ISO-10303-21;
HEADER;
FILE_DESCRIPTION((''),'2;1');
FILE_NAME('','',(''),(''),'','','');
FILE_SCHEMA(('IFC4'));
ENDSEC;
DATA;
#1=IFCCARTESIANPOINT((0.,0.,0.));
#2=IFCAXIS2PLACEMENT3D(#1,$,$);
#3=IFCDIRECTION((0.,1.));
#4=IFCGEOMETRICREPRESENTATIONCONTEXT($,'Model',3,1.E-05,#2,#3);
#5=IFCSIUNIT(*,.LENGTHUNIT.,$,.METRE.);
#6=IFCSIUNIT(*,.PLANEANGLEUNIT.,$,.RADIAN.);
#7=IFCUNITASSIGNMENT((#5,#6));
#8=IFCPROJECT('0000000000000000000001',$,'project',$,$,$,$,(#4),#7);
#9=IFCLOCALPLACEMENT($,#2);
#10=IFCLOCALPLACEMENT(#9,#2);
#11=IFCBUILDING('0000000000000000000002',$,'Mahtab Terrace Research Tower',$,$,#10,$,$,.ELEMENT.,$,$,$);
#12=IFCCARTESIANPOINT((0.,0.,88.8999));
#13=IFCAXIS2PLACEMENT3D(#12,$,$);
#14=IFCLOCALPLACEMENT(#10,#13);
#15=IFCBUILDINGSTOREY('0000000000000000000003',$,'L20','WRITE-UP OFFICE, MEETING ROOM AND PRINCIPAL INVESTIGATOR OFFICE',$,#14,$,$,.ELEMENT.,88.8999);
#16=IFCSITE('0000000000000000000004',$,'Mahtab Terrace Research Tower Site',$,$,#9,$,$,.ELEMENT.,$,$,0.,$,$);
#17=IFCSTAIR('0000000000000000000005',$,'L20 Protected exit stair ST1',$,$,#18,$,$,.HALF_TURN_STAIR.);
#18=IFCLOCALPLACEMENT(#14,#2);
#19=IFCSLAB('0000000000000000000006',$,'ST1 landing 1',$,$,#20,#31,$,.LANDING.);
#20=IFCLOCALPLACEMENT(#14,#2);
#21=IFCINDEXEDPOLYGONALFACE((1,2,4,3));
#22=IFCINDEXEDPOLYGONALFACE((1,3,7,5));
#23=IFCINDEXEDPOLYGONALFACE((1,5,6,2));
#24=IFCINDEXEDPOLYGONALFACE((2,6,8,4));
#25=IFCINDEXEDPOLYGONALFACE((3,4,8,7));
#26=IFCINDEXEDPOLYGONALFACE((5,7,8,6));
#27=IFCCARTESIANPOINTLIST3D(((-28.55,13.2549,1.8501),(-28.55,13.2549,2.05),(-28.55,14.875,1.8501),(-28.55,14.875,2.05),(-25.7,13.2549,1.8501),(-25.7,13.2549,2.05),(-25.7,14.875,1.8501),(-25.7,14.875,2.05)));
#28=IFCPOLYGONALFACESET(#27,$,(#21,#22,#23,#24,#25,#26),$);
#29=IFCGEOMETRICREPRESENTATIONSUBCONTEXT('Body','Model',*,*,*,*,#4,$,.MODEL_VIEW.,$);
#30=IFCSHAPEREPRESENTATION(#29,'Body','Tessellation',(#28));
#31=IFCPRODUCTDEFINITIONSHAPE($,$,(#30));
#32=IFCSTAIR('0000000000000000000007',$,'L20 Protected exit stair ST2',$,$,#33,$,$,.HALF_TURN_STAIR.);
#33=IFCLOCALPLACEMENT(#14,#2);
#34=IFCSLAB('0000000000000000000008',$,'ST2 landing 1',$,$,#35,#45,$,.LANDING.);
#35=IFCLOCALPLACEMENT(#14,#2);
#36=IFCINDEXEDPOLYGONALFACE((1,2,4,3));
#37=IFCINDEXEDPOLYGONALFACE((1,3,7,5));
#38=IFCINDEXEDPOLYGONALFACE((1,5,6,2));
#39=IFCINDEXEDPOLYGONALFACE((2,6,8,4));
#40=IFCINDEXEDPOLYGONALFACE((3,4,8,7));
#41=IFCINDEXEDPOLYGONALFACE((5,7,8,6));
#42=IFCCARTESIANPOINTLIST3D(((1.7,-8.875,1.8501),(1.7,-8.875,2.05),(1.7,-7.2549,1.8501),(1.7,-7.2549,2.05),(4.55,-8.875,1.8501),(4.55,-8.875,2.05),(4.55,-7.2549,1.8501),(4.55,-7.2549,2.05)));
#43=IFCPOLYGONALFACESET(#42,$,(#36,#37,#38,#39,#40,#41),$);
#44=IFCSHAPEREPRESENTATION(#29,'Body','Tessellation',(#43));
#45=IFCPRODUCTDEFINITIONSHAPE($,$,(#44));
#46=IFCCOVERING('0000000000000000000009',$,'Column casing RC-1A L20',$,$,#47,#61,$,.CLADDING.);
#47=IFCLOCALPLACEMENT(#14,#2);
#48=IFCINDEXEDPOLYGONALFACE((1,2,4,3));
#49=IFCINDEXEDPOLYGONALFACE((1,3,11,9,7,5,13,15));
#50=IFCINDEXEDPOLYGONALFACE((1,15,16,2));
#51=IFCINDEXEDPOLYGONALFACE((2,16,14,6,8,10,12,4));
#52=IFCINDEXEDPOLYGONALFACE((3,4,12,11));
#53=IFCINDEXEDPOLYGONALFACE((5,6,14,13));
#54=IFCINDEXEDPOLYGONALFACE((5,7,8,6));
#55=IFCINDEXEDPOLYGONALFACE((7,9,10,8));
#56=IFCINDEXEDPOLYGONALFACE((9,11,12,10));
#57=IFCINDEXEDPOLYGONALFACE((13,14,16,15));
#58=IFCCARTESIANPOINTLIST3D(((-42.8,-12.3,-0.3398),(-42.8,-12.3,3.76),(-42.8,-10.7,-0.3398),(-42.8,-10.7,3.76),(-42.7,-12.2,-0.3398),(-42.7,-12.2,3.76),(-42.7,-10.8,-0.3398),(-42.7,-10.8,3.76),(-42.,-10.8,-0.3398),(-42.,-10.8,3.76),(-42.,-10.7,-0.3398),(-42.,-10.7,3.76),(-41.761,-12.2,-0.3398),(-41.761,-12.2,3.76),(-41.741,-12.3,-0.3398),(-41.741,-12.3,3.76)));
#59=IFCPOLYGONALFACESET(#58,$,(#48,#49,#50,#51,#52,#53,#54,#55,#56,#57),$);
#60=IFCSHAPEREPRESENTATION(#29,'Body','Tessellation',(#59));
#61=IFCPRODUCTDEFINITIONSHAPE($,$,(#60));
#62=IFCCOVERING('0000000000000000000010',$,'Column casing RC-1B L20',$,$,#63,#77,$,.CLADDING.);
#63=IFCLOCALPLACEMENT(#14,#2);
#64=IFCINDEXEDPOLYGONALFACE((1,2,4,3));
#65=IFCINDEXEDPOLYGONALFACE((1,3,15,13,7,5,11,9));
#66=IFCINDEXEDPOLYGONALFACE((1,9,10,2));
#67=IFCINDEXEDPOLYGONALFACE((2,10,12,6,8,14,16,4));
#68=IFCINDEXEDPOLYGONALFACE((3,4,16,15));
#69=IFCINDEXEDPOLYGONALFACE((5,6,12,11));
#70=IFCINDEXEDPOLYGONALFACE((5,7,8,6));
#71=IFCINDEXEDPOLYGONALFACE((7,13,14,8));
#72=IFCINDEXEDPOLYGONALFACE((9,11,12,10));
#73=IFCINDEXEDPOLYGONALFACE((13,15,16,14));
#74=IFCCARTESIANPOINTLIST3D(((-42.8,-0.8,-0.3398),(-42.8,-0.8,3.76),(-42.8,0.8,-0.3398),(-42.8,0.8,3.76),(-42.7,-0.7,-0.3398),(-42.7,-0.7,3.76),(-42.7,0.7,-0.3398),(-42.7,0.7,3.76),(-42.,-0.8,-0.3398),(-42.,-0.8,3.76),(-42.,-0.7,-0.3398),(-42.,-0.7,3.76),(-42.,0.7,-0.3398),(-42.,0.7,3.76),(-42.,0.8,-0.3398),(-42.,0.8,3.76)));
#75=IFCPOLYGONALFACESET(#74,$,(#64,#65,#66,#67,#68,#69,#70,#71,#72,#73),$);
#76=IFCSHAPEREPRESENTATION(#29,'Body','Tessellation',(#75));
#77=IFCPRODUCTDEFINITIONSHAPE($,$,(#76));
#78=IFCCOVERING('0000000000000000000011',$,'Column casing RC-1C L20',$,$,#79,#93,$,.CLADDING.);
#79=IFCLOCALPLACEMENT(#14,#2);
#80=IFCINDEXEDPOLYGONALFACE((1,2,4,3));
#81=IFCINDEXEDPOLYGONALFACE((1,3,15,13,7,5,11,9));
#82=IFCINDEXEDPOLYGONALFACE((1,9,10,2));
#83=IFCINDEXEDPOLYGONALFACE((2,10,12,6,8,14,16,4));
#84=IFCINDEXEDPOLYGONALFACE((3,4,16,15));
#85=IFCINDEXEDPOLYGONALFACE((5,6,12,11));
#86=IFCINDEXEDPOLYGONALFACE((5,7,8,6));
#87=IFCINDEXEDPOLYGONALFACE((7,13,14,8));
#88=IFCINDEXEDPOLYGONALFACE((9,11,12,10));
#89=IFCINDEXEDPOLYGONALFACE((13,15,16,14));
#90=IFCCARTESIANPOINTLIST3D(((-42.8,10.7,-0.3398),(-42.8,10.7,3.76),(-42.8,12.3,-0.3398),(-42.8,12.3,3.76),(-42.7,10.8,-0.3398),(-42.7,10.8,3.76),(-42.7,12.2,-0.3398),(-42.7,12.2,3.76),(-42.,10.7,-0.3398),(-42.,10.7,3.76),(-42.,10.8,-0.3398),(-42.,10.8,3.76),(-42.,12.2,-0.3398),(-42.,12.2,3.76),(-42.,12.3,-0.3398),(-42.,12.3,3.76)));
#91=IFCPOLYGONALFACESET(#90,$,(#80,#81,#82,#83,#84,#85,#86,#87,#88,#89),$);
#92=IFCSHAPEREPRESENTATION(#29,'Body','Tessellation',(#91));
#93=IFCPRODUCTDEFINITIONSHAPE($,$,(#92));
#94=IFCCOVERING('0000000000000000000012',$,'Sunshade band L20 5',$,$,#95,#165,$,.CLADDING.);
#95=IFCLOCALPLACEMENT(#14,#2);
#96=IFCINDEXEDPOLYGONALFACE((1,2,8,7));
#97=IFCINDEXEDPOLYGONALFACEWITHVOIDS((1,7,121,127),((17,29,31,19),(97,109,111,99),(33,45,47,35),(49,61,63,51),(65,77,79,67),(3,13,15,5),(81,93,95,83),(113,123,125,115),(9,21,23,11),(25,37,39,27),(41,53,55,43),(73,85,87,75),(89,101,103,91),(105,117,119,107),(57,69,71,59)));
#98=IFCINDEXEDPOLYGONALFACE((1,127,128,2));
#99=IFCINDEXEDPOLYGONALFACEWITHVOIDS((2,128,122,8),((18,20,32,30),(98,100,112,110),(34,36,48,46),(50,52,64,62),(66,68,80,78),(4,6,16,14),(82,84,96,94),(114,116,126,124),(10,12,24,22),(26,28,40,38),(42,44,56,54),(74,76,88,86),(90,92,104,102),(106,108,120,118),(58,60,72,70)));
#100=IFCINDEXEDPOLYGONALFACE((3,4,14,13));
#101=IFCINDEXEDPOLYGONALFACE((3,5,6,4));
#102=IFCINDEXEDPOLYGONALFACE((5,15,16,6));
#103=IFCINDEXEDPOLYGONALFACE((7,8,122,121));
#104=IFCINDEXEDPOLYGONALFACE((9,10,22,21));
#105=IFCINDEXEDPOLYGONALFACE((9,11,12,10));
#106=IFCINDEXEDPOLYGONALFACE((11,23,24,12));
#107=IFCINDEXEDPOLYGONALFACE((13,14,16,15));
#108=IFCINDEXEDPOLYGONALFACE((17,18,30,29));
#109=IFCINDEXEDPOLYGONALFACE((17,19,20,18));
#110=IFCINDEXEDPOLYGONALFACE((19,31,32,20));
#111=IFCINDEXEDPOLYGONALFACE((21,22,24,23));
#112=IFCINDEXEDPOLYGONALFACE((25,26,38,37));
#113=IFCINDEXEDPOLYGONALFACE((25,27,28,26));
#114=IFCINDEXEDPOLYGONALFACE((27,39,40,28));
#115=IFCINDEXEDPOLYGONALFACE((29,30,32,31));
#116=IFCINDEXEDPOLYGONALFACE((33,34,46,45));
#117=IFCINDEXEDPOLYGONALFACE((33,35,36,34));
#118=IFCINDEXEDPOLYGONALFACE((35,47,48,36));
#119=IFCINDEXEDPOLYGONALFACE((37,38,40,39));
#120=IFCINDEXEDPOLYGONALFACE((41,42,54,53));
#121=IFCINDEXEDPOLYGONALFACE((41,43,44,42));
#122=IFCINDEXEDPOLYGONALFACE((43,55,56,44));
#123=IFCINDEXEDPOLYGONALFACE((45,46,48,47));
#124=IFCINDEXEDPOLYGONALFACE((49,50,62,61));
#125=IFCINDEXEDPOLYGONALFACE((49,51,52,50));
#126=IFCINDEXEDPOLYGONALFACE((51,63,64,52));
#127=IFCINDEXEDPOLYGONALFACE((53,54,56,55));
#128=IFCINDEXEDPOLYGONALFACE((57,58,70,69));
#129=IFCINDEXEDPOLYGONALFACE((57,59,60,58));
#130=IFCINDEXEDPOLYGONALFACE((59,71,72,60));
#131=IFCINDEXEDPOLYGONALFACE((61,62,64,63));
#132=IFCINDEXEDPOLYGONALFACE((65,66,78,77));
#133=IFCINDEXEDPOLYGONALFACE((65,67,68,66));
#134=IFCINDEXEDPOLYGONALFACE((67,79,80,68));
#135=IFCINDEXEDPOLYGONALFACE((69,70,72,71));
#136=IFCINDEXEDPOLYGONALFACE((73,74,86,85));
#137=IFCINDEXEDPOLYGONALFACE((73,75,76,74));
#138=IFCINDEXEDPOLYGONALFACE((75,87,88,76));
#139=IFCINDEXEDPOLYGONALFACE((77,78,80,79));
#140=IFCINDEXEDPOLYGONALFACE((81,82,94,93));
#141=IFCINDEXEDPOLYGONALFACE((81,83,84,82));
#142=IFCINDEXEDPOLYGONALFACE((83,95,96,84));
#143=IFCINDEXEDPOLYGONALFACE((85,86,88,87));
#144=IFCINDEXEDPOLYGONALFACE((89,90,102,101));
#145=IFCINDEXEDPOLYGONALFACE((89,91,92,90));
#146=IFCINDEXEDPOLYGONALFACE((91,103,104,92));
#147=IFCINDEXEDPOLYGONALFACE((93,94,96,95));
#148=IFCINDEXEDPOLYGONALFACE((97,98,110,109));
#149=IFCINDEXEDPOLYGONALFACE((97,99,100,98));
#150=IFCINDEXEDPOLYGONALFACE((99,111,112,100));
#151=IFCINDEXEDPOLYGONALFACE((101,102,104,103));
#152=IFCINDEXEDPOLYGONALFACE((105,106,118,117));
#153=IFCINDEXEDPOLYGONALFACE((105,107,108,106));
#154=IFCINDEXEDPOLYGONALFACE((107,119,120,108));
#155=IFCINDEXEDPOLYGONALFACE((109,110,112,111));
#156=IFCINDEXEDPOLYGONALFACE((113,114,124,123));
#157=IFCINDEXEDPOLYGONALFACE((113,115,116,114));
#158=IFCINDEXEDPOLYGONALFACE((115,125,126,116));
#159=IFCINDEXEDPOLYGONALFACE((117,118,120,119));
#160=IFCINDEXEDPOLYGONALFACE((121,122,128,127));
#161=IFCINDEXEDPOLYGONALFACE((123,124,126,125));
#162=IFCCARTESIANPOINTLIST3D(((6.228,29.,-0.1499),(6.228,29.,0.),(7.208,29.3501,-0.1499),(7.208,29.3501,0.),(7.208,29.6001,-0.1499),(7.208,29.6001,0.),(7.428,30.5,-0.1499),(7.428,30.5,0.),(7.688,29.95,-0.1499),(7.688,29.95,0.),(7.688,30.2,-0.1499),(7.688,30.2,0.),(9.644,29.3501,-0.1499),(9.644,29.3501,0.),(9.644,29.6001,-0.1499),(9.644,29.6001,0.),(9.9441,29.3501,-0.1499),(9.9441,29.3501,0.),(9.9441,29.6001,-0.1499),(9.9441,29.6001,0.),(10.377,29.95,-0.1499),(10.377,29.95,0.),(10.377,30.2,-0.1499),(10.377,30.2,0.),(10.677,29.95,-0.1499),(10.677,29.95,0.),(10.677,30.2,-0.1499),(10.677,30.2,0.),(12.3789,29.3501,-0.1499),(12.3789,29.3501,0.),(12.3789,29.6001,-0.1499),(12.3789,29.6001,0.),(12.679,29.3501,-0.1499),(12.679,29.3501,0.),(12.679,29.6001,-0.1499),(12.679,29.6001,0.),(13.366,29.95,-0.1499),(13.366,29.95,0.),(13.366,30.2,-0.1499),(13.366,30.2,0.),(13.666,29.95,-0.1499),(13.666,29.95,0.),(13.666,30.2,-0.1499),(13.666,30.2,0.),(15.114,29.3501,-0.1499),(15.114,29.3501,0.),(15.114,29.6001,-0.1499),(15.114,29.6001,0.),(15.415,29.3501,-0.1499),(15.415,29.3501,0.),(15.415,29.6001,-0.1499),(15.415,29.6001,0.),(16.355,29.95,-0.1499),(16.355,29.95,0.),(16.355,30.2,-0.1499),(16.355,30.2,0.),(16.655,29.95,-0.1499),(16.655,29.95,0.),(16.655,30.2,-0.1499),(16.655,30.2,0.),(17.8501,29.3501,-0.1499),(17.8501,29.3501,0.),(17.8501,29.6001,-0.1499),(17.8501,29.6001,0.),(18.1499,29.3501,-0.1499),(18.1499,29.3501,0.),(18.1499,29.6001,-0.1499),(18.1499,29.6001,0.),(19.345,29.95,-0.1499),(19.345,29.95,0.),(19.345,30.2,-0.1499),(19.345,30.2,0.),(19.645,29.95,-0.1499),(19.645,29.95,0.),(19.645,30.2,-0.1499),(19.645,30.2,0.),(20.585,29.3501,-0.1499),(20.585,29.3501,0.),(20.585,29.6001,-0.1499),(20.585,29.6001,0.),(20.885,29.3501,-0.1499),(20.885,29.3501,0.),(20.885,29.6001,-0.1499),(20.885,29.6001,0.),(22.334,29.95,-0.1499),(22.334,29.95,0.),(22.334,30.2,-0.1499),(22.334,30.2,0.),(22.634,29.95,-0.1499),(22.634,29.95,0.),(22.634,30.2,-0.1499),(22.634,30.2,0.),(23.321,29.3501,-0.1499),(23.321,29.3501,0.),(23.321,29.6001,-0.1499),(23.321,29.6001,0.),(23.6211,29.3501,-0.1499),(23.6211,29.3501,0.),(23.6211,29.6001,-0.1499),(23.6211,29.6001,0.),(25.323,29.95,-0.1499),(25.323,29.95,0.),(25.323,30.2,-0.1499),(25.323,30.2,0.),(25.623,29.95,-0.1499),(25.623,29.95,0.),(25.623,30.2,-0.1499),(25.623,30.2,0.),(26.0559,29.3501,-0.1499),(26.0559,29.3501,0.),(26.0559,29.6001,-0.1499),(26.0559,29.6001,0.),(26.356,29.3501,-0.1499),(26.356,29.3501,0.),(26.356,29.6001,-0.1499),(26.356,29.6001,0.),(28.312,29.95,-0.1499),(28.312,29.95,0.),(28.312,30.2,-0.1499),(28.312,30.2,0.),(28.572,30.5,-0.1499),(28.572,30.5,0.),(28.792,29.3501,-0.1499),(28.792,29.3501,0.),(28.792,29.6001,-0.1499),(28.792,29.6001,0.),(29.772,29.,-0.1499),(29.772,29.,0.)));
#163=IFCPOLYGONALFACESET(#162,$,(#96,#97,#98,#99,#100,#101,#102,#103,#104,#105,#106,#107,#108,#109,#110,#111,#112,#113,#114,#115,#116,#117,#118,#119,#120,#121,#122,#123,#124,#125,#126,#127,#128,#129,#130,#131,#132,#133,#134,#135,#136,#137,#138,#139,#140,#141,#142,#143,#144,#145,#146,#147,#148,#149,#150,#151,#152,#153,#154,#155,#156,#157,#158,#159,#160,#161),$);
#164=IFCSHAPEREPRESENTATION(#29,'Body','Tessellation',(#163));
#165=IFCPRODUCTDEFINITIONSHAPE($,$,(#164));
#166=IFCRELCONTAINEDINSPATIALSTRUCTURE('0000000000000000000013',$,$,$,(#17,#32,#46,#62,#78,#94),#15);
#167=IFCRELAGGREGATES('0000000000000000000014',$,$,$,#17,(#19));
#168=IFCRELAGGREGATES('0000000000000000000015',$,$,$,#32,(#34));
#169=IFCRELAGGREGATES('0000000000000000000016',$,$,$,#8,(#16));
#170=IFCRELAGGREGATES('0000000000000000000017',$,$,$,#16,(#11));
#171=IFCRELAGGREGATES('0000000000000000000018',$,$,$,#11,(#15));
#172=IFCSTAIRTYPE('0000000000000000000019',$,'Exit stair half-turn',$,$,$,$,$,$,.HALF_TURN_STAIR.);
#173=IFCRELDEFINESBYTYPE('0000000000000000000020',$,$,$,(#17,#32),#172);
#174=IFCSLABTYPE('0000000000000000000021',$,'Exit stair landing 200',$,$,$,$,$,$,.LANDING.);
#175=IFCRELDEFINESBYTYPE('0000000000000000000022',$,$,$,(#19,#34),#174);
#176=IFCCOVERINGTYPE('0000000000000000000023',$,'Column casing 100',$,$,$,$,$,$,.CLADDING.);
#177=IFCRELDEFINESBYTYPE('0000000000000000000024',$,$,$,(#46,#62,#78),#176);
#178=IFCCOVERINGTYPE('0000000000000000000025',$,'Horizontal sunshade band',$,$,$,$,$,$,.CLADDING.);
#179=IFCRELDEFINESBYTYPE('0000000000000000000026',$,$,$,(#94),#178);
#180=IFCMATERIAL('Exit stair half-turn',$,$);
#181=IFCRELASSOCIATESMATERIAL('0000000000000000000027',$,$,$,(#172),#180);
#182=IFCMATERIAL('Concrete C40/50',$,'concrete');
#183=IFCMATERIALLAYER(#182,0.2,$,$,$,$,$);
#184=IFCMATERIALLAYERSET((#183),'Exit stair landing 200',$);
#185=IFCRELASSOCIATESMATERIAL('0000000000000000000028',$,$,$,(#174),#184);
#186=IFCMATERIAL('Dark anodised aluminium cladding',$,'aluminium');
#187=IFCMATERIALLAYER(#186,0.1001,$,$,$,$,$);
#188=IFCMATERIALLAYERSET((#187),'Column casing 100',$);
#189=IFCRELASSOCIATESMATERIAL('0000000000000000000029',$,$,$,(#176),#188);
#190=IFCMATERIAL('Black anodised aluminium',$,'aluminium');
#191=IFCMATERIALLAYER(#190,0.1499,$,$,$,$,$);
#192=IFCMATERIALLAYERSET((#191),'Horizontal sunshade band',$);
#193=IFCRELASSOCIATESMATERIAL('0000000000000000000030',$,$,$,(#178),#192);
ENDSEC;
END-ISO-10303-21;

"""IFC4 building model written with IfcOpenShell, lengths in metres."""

from ifc_helpers import new_model, si_unit, direction, frame, origin, place, context, subcontext, project, spatial, polyline, outline, extrude, material, layer, layer_set, type_object, element, aggregate, save


model = new_model("IFC4")

# Units and contexts
model_context = context("Model", 3, precision=1e-05, world=origin(), true_north=direction((0.0, 1.0)))
body_context = subcontext(model_context, "Body", "Model", "MODEL_VIEW")
ifc_project = project(units=[si_unit("LENGTHUNIT", "METRE"), si_unit("PLANEANGLEUNIT", "RADIAN")], contexts=[model_context])

# Site, building, storey
site_placement = place(None, origin())
site = spatial("IfcSite", under=ifc_project, at=site_placement, Name="Mahtab Terrace Research Tower Site", CompositionType="ELEMENT", RefElevation=0.0)
building_placement = place(site_placement, origin())
building = spatial("IfcBuilding", under=site, at=building_placement, Name="Mahtab Terrace Research Tower", CompositionType="ELEMENT")
storey_placement = place(building_placement, frame((0.0, 0.0, 88.8999)))
storey = spatial("IfcBuildingStorey", under=building, at=storey_placement, Name="L20", Description="WRITE-UP OFFICE, MEETING ROOM AND PRINCIPAL INVESTIGATOR OFFICE", CompositionType="ELEMENT", Elevation=88.8999)

# Stairs, slabs
ifc_material_1 = material(Name="Exit stair half-turn")
stair_type = type_object("IfcStairType", Name="Exit stair half-turn", PredefinedType="HALF_TURN_STAIR", material=ifc_material_1)
stair_1_placement = place(storey_placement, origin())
stair_1 = element("IfcStair", 1, at=stair_1_placement, inside=storey, type_object=stair_type, Name="L20 Protected exit stair ST1", PredefinedType="HALF_TURN_STAIR")
ifc_material_2 = material(Name="Concrete C40/50", Category="concrete")
ifc_layer_1 = layer(ifc_material_2, 0.2)
ifc_layer_set_1 = layer_set([ifc_layer_1], Name="Exit stair landing 200")
slab_type = type_object("IfcSlabType", Name="Exit stair landing 200", PredefinedType="LANDING", material=ifc_layer_set_1)
slab_1_placement = place(storey_placement, frame((0.0, 0.0, 1.8501)))
slab_1 = element("IfcSlab", 2, at=slab_1_placement, type_object=slab_type, Name="ST1 landing 1", PredefinedType="LANDING", context=body_context, shape_type="SweptSolid", body=[
    extrude(outline(polyline([(-25.7, 13.2549), (-25.7, 14.875), (-28.55, 14.875), (-28.55, 13.2549), (-25.7, 13.2549)])), origin(), (0.0, 0.0, 1.0), 0.2),
])
aggregate(stair_1, [slab_1])
stair_2_placement = place(storey_placement, origin())
stair_2 = element("IfcStair", 3, at=stair_2_placement, inside=storey, type_object=stair_type, Name="L20 Protected exit stair ST2", PredefinedType="HALF_TURN_STAIR")
slab_2_placement = place(storey_placement, frame((0.0, 0.0, 1.8501)))
slab_2 = element("IfcSlab", 4, at=slab_2_placement, type_object=slab_type, Name="ST2 landing 1", PredefinedType="LANDING", context=body_context, shape_type="SweptSolid", body=[
    extrude(outline(polyline([(1.7, -7.2549), (1.7, -8.875), (4.55, -8.875), (4.55, -7.2549), (1.7, -7.2549)])), origin(), (0.0, 0.0, 1.0), 0.2),
])
aggregate(stair_2, [slab_2])

# Coverings
ifc_material_3 = material(Name="Dark anodised aluminium cladding", Category="aluminium")
ifc_layer_2 = layer(ifc_material_3, 0.1001)
ifc_layer_set_2 = layer_set([ifc_layer_2], Name="Column casing 100")
covering_type_1 = type_object("IfcCoveringType", Name="Column casing 100", PredefinedType="CLADDING", material=ifc_layer_set_2)
covering_1_placement = place(storey_placement, frame((0.0, 0.0, -0.3398)))
element("IfcCovering", 5, at=covering_1_placement, inside=storey, type_object=covering_type_1, Name="Column casing RC-1A L20", PredefinedType="CLADDING", context=body_context, shape_type="SweptSolid", body=[
    extrude(outline(polyline([(-42.8, -10.7), (-42.0, -10.7), (-42.0, -10.8), (-42.7, -10.8), (-42.7, -12.2), (-41.761, -12.2), (-41.741, -12.3), (-42.8, -12.3), (-42.8, -10.7)])), origin(), (0.0, 0.0, 1.0), 4.0999),
])
covering_2_placement = place(storey_placement, frame((0.0, 0.0, -0.3398)))
element("IfcCovering", 6, at=covering_2_placement, inside=storey, type_object=covering_type_1, Name="Column casing RC-1B L20", PredefinedType="CLADDING", context=body_context, shape_type="SweptSolid", body=[
    extrude(outline(polyline([(-42.8, 0.8), (-42.0, 0.8), (-42.0, 0.7), (-42.7, 0.7), (-42.7, -0.7), (-42.0, -0.7), (-42.0, -0.8), (-42.8, -0.8), (-42.8, 0.8)])), origin(), (0.0, 0.0, 1.0), 4.0999),
])
covering_3_placement = place(storey_placement, frame((0.0, 0.0, -0.3398)))
element("IfcCovering", 7, at=covering_3_placement, inside=storey, type_object=covering_type_1, Name="Column casing RC-1C L20", PredefinedType="CLADDING", context=body_context, shape_type="SweptSolid", body=[
    extrude(outline(polyline([(-42.8, 12.3), (-42.0, 12.3), (-42.0, 12.2), (-42.7, 12.2), (-42.7, 10.8), (-42.0, 10.8), (-42.0, 10.7), (-42.8, 10.7), (-42.8, 12.3)])), origin(), (0.0, 0.0, 1.0), 4.0999),
])
ifc_material_4 = material(Name="Black anodised aluminium", Category="aluminium")
ifc_layer_3 = layer(ifc_material_4, 0.1499)
ifc_layer_set_3 = layer_set([ifc_layer_3], Name="Horizontal sunshade band")
covering_type_2 = type_object("IfcCoveringType", Name="Horizontal sunshade band", PredefinedType="CLADDING", material=ifc_layer_set_3)
covering_4_placement = place(storey_placement, frame((0.0, 0.0, -0.1499)))
element("IfcCovering", 8, at=covering_4_placement, inside=storey, type_object=covering_type_2, Name="Sunshade band L20 5", PredefinedType="CLADDING", context=body_context, shape_type="SweptSolid", body=[
    extrude(outline(polyline([(29.772, 29.0), (6.228, 29.0), (7.428, 30.5), (28.572, 30.5), (29.772, 29.0)]), holes=[polyline([(28.792, 29.3501), (26.356, 29.3501), (26.356, 29.6001), (28.792, 29.6001), (28.792, 29.3501)]), polyline([(26.0559, 29.3501), (23.6211, 29.3501), (23.6211, 29.6001), (26.0559, 29.6001), (26.0559, 29.3501)]), polyline([(23.321, 29.3501), (20.885, 29.3501), (20.885, 29.6001), (23.321, 29.6001), (23.321, 29.3501)]), polyline([(20.585, 29.3501), (18.1499, 29.3501), (18.1499, 29.6001), (20.585, 29.6001), (20.585, 29.3501)]), polyline([(17.8501, 29.3501), (15.415, 29.3501), (15.415, 29.6001), (17.8501, 29.6001), (17.8501, 29.3501)]), polyline([(15.114, 29.3501), (12.679, 29.3501), (12.679, 29.6001), (15.114, 29.6001), (15.114, 29.3501)]), polyline([(12.3789, 29.3501), (9.9441, 29.3501), (9.9441, 29.6001), (12.3789, 29.6001), (12.3789, 29.3501)]), polyline([(9.644, 29.3501), (7.208, 29.3501), (7.208, 29.6001), (9.644, 29.6001), (9.644, 29.3501)]), polyline([(28.312, 29.95), (25.623, 29.95), (25.623, 30.2), (28.312, 30.2), (28.312, 29.95)]), polyline([(25.323, 29.95), (22.634, 29.95), (22.634, 30.2), (25.323, 30.2), (25.323, 29.95)]), polyline([(22.334, 29.95), (19.645, 29.95), (19.645, 30.2), (22.334, 30.2), (22.334, 29.95)]), polyline([(19.345, 29.95), (16.655, 29.95), (16.655, 30.2), (19.345, 30.2), (19.345, 29.95)]), polyline([(16.355, 29.95), (13.666, 29.95), (13.666, 30.2), (16.355, 30.2), (16.355, 29.95)]), polyline([(13.366, 29.95), (10.677, 29.95), (10.677, 30.2), (13.366, 30.2), (13.366, 29.95)]), polyline([(10.377, 29.95), (7.688, 29.95), (7.688, 30.2), (10.377, 30.2), (10.377, 29.95)])]), origin(), (0.0, 0.0, 1.0), 0.1499),
])

save(model, "model.ifc")
